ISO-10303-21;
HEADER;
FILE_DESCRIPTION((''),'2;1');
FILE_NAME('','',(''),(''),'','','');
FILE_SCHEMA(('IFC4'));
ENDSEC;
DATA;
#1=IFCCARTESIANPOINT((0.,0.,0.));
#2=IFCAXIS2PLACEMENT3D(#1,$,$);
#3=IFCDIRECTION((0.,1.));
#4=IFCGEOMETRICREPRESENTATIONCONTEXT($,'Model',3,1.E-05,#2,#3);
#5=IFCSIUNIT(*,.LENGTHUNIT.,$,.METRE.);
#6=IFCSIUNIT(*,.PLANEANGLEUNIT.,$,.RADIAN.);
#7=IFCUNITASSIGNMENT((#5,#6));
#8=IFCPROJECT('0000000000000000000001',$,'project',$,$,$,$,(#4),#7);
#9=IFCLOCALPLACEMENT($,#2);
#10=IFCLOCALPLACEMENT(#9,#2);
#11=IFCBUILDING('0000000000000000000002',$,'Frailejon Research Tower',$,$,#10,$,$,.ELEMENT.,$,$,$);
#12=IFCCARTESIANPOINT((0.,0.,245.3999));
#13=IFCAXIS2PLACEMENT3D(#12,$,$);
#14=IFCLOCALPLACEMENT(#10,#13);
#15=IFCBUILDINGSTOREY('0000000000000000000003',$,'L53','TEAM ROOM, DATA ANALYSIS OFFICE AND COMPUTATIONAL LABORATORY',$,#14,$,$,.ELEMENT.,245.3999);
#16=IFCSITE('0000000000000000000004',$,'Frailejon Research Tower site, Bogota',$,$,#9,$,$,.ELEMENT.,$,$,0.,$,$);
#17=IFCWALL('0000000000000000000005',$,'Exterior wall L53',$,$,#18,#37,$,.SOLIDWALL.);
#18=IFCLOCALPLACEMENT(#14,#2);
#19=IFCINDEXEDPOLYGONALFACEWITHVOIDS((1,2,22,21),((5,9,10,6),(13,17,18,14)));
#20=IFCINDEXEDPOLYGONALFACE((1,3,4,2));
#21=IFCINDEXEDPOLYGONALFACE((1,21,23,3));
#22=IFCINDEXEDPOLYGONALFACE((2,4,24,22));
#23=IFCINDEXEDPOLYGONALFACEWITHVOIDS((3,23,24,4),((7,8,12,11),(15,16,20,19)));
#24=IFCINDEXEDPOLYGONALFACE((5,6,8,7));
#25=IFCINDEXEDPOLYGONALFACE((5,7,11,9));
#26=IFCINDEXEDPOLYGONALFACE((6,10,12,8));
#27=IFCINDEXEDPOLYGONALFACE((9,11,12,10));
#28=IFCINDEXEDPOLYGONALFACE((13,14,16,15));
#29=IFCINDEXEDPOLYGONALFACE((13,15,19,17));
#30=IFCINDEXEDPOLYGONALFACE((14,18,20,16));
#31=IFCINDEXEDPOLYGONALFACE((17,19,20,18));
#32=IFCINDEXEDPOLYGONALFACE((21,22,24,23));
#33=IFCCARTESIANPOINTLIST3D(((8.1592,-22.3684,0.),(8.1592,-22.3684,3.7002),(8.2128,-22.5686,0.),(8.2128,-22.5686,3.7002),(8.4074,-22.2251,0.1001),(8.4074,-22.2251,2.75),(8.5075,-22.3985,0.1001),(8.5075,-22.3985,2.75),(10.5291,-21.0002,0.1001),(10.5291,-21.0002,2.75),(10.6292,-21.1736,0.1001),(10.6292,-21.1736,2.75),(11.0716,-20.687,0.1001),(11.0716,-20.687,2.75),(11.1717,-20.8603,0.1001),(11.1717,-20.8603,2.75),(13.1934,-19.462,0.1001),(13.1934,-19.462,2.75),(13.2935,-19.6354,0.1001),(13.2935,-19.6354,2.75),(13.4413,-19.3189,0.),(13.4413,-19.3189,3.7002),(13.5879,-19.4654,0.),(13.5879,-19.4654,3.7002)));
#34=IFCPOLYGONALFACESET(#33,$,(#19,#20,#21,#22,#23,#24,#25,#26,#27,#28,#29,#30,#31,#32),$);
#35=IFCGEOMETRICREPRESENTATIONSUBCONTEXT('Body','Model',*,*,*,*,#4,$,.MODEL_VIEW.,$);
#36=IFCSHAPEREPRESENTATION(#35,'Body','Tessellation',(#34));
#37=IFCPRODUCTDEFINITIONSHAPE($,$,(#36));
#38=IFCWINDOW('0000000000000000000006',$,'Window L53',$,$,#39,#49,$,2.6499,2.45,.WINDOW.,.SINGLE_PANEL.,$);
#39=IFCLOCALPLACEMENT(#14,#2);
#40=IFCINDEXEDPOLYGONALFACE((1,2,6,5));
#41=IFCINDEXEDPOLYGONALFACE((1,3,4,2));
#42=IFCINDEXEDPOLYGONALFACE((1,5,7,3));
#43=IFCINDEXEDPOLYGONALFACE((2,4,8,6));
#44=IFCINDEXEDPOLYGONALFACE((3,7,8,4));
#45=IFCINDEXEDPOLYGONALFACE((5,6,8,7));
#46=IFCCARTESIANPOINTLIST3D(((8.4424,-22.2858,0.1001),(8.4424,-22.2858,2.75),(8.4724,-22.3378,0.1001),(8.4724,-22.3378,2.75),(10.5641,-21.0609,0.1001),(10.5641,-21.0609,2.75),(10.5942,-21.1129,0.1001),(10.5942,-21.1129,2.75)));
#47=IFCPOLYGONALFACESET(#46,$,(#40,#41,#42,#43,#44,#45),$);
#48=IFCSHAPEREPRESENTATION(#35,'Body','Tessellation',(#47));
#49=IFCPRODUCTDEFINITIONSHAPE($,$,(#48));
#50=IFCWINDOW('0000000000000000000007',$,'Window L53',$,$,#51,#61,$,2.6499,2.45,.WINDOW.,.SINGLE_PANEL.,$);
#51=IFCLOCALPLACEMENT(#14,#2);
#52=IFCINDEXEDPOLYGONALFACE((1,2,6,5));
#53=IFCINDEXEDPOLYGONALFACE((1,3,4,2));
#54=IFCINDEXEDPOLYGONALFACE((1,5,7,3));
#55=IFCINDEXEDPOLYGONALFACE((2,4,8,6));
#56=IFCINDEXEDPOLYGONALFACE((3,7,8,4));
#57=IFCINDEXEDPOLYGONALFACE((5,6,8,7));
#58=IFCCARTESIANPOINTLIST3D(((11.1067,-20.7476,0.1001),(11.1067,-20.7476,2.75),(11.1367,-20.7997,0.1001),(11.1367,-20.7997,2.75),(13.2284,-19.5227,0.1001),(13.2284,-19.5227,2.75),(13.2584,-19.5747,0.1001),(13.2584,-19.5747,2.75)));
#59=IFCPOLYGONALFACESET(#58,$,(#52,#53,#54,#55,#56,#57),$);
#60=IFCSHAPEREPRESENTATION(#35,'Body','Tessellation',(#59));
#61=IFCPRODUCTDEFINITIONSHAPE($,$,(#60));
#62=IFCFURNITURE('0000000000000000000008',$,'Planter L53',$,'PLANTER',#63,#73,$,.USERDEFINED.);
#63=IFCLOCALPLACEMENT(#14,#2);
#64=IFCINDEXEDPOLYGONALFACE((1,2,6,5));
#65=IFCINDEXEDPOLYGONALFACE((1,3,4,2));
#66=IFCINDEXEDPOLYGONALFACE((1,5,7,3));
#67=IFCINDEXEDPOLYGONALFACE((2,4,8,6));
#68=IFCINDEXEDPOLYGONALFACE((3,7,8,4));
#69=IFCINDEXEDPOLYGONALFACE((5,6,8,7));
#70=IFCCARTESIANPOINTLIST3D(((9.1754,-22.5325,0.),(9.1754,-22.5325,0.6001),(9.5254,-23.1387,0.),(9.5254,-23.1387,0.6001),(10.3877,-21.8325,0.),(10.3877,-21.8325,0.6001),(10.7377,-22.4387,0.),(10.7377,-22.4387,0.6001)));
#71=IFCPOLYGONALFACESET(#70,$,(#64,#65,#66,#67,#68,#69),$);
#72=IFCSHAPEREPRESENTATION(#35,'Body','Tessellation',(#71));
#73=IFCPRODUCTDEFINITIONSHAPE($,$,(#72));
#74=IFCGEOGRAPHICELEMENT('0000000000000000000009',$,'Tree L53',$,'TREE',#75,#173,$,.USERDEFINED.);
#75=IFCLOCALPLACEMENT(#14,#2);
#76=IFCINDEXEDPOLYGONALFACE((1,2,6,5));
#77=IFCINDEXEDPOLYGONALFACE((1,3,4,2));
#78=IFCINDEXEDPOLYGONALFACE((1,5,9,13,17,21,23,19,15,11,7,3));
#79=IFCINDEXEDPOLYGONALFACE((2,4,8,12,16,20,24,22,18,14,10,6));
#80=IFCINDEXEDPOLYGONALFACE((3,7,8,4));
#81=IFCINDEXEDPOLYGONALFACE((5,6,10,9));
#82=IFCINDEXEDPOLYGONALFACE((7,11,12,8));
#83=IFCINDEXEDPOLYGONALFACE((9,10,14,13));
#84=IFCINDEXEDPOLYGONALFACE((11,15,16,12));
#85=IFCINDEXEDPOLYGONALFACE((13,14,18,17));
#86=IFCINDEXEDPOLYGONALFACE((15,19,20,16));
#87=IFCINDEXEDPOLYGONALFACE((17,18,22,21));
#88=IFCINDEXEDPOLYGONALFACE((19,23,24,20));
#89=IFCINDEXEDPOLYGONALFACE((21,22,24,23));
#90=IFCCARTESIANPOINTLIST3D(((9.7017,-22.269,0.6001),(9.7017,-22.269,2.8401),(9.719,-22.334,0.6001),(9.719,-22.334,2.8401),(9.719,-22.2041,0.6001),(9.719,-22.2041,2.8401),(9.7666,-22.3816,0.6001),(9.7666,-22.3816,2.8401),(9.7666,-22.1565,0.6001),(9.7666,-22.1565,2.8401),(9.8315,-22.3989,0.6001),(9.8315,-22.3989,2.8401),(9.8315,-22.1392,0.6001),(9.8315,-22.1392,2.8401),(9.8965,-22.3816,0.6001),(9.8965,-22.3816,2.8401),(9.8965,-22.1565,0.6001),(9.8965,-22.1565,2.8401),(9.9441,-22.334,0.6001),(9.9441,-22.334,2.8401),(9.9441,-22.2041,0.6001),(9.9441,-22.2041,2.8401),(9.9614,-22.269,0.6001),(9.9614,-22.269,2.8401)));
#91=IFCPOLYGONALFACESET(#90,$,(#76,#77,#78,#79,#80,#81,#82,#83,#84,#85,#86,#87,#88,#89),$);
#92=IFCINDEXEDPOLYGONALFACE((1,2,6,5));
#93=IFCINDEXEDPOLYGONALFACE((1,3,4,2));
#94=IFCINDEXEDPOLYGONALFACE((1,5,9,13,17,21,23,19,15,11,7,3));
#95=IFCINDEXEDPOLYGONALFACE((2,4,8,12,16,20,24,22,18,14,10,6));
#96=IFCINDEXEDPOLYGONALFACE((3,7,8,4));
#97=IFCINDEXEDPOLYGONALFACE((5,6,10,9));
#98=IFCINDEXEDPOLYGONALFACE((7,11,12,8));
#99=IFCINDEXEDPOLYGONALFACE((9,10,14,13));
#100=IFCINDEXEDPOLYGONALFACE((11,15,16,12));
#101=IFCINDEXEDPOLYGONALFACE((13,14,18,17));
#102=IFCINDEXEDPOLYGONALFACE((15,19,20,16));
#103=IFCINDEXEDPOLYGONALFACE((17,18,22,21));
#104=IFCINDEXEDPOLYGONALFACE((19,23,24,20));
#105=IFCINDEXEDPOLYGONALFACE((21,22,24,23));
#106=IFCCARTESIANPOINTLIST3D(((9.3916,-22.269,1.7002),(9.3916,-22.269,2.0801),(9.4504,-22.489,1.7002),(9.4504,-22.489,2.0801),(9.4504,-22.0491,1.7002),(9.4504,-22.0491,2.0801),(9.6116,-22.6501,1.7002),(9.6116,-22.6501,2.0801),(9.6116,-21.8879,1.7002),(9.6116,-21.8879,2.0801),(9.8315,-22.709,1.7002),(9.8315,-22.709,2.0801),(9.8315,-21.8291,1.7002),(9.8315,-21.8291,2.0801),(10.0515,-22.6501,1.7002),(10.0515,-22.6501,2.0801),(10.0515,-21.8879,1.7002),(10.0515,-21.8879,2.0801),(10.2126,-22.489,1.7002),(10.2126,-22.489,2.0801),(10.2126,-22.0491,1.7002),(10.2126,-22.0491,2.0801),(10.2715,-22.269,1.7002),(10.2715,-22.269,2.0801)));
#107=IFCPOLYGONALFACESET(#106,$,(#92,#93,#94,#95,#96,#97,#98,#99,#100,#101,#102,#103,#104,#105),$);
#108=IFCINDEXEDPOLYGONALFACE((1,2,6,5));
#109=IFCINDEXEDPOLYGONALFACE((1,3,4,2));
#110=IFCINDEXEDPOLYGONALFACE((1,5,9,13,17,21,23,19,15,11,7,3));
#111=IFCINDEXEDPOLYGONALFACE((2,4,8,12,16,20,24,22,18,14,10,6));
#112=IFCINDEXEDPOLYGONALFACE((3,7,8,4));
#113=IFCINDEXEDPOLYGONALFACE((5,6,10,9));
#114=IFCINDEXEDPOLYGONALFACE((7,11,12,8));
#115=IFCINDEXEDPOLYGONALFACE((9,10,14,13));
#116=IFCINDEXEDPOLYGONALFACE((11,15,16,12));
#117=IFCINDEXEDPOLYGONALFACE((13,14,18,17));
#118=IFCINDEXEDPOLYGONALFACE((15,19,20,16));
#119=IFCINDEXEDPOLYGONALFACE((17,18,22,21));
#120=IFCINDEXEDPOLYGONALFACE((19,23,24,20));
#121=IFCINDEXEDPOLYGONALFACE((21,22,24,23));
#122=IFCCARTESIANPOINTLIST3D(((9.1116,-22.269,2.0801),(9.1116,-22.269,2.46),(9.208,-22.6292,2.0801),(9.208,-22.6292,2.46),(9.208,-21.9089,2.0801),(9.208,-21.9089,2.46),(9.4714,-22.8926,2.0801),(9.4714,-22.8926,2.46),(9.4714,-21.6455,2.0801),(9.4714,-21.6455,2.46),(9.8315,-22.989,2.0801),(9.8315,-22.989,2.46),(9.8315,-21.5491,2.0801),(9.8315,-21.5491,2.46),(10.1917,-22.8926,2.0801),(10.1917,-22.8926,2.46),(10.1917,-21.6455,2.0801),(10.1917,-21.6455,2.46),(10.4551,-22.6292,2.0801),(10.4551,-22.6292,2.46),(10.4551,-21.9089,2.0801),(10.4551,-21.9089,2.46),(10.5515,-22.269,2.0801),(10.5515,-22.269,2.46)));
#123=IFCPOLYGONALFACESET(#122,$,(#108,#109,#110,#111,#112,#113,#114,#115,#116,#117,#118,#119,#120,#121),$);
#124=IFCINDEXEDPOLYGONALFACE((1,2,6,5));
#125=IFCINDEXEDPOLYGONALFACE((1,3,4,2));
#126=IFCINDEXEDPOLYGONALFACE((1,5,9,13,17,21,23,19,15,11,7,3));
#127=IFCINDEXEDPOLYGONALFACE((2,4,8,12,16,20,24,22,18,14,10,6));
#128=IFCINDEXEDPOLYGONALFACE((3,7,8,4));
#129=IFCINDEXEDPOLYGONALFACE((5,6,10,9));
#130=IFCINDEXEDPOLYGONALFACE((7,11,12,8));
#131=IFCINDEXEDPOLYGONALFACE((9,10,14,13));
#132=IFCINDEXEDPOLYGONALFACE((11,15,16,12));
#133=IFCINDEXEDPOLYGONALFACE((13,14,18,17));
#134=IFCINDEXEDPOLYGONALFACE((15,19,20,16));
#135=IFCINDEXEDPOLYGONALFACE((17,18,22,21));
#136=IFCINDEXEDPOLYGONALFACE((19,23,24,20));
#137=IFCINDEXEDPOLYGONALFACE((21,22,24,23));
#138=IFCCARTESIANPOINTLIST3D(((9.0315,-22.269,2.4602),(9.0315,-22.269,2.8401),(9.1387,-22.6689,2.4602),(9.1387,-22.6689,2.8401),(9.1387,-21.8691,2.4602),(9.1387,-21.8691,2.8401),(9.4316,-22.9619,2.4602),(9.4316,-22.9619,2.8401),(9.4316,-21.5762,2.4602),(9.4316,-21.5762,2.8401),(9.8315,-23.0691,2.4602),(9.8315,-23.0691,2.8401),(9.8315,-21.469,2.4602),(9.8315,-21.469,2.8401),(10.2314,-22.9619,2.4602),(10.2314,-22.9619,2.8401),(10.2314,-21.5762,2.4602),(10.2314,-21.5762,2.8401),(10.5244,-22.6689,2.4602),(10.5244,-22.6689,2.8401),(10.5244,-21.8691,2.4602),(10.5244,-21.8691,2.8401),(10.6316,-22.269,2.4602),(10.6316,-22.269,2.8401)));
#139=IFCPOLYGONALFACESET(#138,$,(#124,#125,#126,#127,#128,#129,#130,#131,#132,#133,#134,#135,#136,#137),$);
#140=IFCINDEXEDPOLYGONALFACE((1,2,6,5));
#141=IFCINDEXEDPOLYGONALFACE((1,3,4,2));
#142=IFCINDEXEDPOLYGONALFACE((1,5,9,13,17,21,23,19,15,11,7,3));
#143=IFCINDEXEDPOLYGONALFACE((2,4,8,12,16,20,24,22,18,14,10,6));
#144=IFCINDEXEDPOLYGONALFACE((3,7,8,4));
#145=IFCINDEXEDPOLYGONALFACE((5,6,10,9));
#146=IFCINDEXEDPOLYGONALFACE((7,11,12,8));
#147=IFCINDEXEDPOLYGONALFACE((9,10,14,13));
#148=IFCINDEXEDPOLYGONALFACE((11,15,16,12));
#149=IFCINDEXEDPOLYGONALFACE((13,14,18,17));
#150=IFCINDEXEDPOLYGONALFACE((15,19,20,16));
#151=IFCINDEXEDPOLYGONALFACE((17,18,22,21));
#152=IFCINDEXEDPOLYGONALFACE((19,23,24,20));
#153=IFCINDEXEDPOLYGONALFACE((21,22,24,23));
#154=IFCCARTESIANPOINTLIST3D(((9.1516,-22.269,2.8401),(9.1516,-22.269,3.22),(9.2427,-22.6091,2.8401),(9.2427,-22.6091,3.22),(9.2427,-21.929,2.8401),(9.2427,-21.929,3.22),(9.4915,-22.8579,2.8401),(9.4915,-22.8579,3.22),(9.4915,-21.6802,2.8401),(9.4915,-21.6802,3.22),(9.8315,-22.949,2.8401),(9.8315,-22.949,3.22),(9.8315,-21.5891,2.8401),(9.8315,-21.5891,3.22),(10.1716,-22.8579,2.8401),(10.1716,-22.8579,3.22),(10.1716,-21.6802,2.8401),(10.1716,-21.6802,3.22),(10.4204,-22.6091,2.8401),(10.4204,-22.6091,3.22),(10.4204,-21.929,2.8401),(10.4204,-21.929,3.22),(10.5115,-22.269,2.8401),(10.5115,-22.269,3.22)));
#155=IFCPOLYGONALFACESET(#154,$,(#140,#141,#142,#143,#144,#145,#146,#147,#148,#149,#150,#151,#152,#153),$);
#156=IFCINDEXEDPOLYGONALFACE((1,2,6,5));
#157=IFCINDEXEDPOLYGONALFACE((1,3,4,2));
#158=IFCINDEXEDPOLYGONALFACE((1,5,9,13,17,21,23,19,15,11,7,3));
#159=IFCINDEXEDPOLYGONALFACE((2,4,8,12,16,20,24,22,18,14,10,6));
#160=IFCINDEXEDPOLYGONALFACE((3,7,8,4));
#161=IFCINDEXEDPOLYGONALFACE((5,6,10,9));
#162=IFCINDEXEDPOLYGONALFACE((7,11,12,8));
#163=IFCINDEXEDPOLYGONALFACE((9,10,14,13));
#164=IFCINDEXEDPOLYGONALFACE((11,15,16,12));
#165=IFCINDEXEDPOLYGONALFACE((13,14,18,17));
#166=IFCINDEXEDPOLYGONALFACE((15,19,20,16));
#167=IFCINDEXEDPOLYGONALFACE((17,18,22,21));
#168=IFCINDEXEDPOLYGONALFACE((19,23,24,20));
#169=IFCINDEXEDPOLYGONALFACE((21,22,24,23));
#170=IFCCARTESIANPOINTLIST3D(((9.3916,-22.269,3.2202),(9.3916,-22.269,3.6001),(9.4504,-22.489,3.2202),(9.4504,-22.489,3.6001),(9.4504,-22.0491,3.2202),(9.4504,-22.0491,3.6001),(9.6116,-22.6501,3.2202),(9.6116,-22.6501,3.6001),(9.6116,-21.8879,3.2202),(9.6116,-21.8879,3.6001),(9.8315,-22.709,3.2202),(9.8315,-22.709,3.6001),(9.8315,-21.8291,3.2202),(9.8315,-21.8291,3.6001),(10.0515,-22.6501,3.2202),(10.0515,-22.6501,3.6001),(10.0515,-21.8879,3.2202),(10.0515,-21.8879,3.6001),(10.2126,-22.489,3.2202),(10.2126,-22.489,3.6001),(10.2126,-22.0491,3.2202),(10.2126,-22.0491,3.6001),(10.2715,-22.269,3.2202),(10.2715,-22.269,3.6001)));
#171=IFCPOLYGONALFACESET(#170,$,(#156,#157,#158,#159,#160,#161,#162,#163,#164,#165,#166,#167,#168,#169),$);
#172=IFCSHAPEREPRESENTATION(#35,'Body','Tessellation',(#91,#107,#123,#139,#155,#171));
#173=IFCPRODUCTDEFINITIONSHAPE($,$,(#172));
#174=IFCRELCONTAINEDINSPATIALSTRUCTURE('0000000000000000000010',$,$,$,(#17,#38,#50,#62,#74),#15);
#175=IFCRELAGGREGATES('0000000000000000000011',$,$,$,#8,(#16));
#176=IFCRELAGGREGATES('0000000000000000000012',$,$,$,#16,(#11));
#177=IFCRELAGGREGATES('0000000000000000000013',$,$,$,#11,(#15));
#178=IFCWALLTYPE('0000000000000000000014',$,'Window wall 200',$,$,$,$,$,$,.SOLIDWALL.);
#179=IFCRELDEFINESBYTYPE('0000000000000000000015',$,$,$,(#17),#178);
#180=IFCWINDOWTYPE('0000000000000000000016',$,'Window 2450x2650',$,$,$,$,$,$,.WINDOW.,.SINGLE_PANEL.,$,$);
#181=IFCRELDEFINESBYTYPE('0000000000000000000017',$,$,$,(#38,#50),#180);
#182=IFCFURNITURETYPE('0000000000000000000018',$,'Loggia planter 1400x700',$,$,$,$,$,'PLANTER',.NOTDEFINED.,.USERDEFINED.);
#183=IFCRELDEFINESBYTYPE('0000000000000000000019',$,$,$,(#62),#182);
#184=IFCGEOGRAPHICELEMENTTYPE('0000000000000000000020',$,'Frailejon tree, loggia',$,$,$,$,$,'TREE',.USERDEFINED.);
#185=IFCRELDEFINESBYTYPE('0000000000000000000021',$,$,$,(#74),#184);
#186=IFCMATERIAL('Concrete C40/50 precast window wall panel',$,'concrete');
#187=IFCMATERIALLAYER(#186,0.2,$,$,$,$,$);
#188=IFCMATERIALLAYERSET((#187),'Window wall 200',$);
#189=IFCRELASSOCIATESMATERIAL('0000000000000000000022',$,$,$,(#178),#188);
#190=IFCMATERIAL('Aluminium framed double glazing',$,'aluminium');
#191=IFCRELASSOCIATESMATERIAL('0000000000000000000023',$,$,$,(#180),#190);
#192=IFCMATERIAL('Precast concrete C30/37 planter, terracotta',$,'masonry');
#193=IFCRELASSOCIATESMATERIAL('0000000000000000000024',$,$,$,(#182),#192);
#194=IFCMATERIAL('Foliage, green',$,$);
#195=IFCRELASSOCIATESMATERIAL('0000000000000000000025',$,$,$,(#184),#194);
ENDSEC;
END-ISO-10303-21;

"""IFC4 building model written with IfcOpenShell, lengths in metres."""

from ifc_helpers import new_model, si_unit, direction, frame, frame_2d, origin, origin_2d, place, context, subcontext, project, spatial, polyline, rectangle, outline, extrude, material, layer, layer_set, type_object, element, fill, save


model = new_model("IFC4")

# Units and contexts
model_context = context("Model", 3, precision=1e-05, world=origin(), true_north=direction((0.0, 1.0)))
body_context = subcontext(model_context, "Body", "Model", "MODEL_VIEW")
ifc_project = project(units=[si_unit("LENGTHUNIT", "METRE"), si_unit("PLANEANGLEUNIT", "RADIAN")], contexts=[model_context])

# Site, building, storey
site_placement = place(None, origin())
site = spatial("IfcSite", under=ifc_project, at=site_placement, Name="Frailejon Research Tower site, Bogota", CompositionType="ELEMENT", RefElevation=0.0)
building_placement = place(site_placement, origin())
building = spatial("IfcBuilding", under=site, at=building_placement, Name="Frailejon Research Tower", CompositionType="ELEMENT")
storey_placement = place(building_placement, frame((0.0, 0.0, 245.3999)))
storey = spatial("IfcBuildingStorey", under=building, at=storey_placement, Name="L53", Description="TEAM ROOM, DATA ANALYSIS OFFICE AND COMPUTATIONAL LABORATORY", CompositionType="ELEMENT", Elevation=245.3999)

# Wall, openings, windows
ifc_material_1 = material(Name="Concrete C40/50 precast window wall panel", Category="concrete")
ifc_layer_1 = layer(ifc_material_1, 0.2)
ifc_layer_set_1 = layer_set([ifc_layer_1], Name="Window wall 200")
wall_type_1 = type_object("IfcWallType", Name="Window wall 200", PredefinedType="SOLIDWALL", material=ifc_layer_set_1)
wall_1_placement = place(storey_placement, frame((8.186, -22.4685, 0.0), z_axis=(0.0, 0.0, 1.0), x_axis=(0.86603, 0.499993, 0.0)))
wall_1 = element("IfcWall", 1, at=wall_1_placement, inside=storey, type_object=wall_type_1, Name="Exterior wall L53", PredefinedType="SOLIDWALL", context=body_context, shape_type="SweptSolid", body=[
    extrude(outline(polyline([(-0.0269, -0.1001), (1.0076, -0.1001), (2.042, -0.1001), (3.0764, -0.1001), (4.1108, -0.1001), (5.1453, -0.1001), (6.1797, -0.1001), (6.126, 0.1001), (5.1094, 0.1001), (4.093, 0.1001), (3.0764, 0.1001), (2.0598, 0.1001), (1.0435, 0.1001), (0.0269, 0.1001), (-0.0269, -0.1001)])), origin(), (0.0, 0.0, 1.0), 3.7002),
])
opening_1_placement = place(wall_1_placement, frame((0.3132, 0.0, 0.1001)))
opening_1 = element("IfcOpeningElement", 2, at=opening_1_placement, cuts=wall_1, PredefinedType="OPENING", context=body_context, shape_type="SweptSolid", body=[
    extrude(rectangle(XDim=2.45, YDim=2.6499, at=frame_2d((1.2251, 1.325))), frame((0.0, 0.1099, 0.0), z_axis=(0.0, -1.0, 0.0), x_axis=(1.0, 0.0, 0.0)), (0.0, 0.0, 1.0), 0.22),
])
opening_2_placement = place(wall_1_placement, frame((3.3896, 0.0, 0.1001)))
opening_2 = element("IfcOpeningElement", 3, at=opening_2_placement, cuts=wall_1, PredefinedType="OPENING", context=body_context, shape_type="SweptSolid", body=[
    extrude(rectangle(XDim=2.45, YDim=2.6499, at=frame_2d((1.2251, 1.325))), frame((0.0, 0.1099, 0.0), z_axis=(0.0, -1.0, 0.0), x_axis=(1.0, 0.0, 0.0)), (0.0, 0.0, 1.0), 0.22),
])
ifc_material_2 = material(Name="Aluminium framed double glazing", Category="aluminium")
window_type = type_object("IfcWindowType", Name="Window 2450x2650", PartitioningType="SINGLE_PANEL", PredefinedType="WINDOW", material=ifc_material_2)
window_1_placement = place(opening_1_placement, origin())
window_1 = element("IfcWindow", 4, at=window_1_placement, inside=storey, type_object=window_type, Name="Window L53", OverallHeight=2.6499, OverallWidth=2.45, PartitioningType="SINGLE_PANEL", PredefinedType="WINDOW", context=body_context, shape_type="SweptSolid", body=[
    extrude(rectangle(XDim=2.45, YDim=2.6499, at=frame_2d((1.2251, 1.325))), frame((0.0, 0.03, 0.0), z_axis=(0.0, -1.0, 0.0), x_axis=(1.0, 0.0, 0.0)), (0.0, 0.0, 1.0), 0.0601),
])
fill(opening_1, window_1)
window_2_placement = place(opening_2_placement, origin())
window_2 = element("IfcWindow", 5, at=window_2_placement, inside=storey, type_object=window_type, Name="Window L53", OverallHeight=2.6499, OverallWidth=2.45, PartitioningType="SINGLE_PANEL", PredefinedType="WINDOW", context=body_context, shape_type="SweptSolid", body=[
    extrude(rectangle(XDim=2.45, YDim=2.6499, at=frame_2d((1.2251, 1.325))), frame((0.0, 0.03, 0.0), z_axis=(0.0, -1.0, 0.0), x_axis=(1.0, 0.0, 0.0)), (0.0, 0.0, 1.0), 0.0601),
])
fill(opening_2, window_2)

# Furniture
ifc_material_3 = material(Name="Precast concrete C30/37 planter, terracotta", Category="masonry")
furniture_type = type_object("IfcFurnitureType", Name="Loggia planter 1400x700", ElementType="PLANTER", AssemblyPlace="NOTDEFINED", PredefinedType="USERDEFINED", material=ifc_material_3)
furniture_placement = place(storey_placement, frame((9.9565, -22.4856, 0.0), z_axis=(0.0, 0.0, 1.0), x_axis=(0.866025, 0.5, 0.0)))
element("IfcFurniture", 6, at=furniture_placement, inside=storey, type_object=furniture_type, Name="Planter L53", ObjectType="PLANTER", PredefinedType="USERDEFINED", context=body_context, shape_type="SweptSolid", body=[
    extrude(rectangle(XDim=1.3999, YDim=0.7, at=origin_2d()), origin(), (0.0, 0.0, 1.0), 0.6001),
])

# Geographic element
ifc_material_4 = material(Name="Foliage, green")
geographic_element_type = type_object("IfcGeographicElementType", Name="Frailejon tree, loggia", ElementType="TREE", PredefinedType="USERDEFINED", material=ifc_material_4)
geographic_element_placement = place(storey_placement, frame((9.8315, -22.269, 0.6001)))
element("IfcGeographicElement", 7, at=geographic_element_placement, inside=storey, type_object=geographic_element_type, Name="Tree L53", ObjectType="TREE", PredefinedType="USERDEFINED", context=body_context, shape_type="SweptSolid", body=[
    extrude(outline(polyline([(0.1299, 0.0), (0.1125, 0.0649), (0.0649, 0.1125), (0.0, 0.1299), (-0.0649, 0.1125), (-0.1125, 0.0649), (-0.1299, 0.0), (-0.1125, -0.0649), (-0.0649, -0.1125), (0.0, -0.1299), (0.0649, -0.1125), (0.1125, -0.0649), (0.1299, 0.0)])), origin(), (0.0, 0.0, 1.0), 2.24),
    extrude(outline(polyline([(0.4399, 0.0), (0.3811, 0.22), (0.22, 0.3811), (0.0, 0.4399), (-0.22, 0.3811), (-0.3811, 0.22), (-0.4399, 0.0), (-0.3811, -0.22), (-0.22, -0.3811), (0.0, -0.4399), (0.22, -0.3811), (0.3811, -0.22), (0.4399, 0.0)])), frame((0.0, 0.0, 1.1001)), (0.0, 0.0, 1.0), 0.3799),
    extrude(outline(polyline([(0.72, 0.0), (0.6235, 0.3601), (0.3601, 0.6235), (0.0, 0.72), (-0.3601, 0.6235), (-0.6235, 0.3601), (-0.72, 0.0), (-0.6235, -0.3601), (-0.3601, -0.6235), (0.0, -0.72), (0.3601, -0.6235), (0.6235, -0.3601), (0.72, 0.0)])), frame((0.0, 0.0, 1.48)), (0.0, 0.0, 1.0), 0.3799),
    extrude(outline(polyline([(0.8, 0.0), (0.6929, 0.3999), (0.3999, 0.6929), (0.0, 0.8), (-0.3999, 0.6929), (-0.6929, 0.3999), (-0.8, 0.0), (-0.6929, -0.3999), (-0.3999, -0.6929), (0.0, -0.8), (0.3999, -0.6929), (0.6929, -0.3999), (0.8, 0.0)])), frame((0.0, 0.0, 1.8601)), (0.0, 0.0, 1.0), 0.3799),
    extrude(outline(polyline([(0.6799, 0.0), (0.5889, 0.3401), (0.3401, 0.5889), (0.0, 0.6799), (-0.3401, 0.5889), (-0.5889, 0.3401), (-0.6799, 0.0), (-0.5889, -0.3401), (-0.3401, -0.5889), (0.0, -0.6799), (0.3401, -0.5889), (0.5889, -0.3401), (0.6799, 0.0)])), frame((0.0, 0.0, 2.24)), (0.0, 0.0, 1.0), 0.3799),
    extrude(outline(polyline([(0.4399, 0.0), (0.3811, 0.22), (0.22, 0.3811), (0.0, 0.4399), (-0.22, 0.3811), (-0.3811, 0.22), (-0.4399, 0.0), (-0.3811, -0.22), (-0.22, -0.3811), (0.0, -0.4399), (0.22, -0.3811), (0.3811, -0.22), (0.4399, 0.0)])), frame((0.0, 0.0, 2.6201)), (0.0, 0.0, 1.0), 0.3799),
])

save(model, "model.ifc")
